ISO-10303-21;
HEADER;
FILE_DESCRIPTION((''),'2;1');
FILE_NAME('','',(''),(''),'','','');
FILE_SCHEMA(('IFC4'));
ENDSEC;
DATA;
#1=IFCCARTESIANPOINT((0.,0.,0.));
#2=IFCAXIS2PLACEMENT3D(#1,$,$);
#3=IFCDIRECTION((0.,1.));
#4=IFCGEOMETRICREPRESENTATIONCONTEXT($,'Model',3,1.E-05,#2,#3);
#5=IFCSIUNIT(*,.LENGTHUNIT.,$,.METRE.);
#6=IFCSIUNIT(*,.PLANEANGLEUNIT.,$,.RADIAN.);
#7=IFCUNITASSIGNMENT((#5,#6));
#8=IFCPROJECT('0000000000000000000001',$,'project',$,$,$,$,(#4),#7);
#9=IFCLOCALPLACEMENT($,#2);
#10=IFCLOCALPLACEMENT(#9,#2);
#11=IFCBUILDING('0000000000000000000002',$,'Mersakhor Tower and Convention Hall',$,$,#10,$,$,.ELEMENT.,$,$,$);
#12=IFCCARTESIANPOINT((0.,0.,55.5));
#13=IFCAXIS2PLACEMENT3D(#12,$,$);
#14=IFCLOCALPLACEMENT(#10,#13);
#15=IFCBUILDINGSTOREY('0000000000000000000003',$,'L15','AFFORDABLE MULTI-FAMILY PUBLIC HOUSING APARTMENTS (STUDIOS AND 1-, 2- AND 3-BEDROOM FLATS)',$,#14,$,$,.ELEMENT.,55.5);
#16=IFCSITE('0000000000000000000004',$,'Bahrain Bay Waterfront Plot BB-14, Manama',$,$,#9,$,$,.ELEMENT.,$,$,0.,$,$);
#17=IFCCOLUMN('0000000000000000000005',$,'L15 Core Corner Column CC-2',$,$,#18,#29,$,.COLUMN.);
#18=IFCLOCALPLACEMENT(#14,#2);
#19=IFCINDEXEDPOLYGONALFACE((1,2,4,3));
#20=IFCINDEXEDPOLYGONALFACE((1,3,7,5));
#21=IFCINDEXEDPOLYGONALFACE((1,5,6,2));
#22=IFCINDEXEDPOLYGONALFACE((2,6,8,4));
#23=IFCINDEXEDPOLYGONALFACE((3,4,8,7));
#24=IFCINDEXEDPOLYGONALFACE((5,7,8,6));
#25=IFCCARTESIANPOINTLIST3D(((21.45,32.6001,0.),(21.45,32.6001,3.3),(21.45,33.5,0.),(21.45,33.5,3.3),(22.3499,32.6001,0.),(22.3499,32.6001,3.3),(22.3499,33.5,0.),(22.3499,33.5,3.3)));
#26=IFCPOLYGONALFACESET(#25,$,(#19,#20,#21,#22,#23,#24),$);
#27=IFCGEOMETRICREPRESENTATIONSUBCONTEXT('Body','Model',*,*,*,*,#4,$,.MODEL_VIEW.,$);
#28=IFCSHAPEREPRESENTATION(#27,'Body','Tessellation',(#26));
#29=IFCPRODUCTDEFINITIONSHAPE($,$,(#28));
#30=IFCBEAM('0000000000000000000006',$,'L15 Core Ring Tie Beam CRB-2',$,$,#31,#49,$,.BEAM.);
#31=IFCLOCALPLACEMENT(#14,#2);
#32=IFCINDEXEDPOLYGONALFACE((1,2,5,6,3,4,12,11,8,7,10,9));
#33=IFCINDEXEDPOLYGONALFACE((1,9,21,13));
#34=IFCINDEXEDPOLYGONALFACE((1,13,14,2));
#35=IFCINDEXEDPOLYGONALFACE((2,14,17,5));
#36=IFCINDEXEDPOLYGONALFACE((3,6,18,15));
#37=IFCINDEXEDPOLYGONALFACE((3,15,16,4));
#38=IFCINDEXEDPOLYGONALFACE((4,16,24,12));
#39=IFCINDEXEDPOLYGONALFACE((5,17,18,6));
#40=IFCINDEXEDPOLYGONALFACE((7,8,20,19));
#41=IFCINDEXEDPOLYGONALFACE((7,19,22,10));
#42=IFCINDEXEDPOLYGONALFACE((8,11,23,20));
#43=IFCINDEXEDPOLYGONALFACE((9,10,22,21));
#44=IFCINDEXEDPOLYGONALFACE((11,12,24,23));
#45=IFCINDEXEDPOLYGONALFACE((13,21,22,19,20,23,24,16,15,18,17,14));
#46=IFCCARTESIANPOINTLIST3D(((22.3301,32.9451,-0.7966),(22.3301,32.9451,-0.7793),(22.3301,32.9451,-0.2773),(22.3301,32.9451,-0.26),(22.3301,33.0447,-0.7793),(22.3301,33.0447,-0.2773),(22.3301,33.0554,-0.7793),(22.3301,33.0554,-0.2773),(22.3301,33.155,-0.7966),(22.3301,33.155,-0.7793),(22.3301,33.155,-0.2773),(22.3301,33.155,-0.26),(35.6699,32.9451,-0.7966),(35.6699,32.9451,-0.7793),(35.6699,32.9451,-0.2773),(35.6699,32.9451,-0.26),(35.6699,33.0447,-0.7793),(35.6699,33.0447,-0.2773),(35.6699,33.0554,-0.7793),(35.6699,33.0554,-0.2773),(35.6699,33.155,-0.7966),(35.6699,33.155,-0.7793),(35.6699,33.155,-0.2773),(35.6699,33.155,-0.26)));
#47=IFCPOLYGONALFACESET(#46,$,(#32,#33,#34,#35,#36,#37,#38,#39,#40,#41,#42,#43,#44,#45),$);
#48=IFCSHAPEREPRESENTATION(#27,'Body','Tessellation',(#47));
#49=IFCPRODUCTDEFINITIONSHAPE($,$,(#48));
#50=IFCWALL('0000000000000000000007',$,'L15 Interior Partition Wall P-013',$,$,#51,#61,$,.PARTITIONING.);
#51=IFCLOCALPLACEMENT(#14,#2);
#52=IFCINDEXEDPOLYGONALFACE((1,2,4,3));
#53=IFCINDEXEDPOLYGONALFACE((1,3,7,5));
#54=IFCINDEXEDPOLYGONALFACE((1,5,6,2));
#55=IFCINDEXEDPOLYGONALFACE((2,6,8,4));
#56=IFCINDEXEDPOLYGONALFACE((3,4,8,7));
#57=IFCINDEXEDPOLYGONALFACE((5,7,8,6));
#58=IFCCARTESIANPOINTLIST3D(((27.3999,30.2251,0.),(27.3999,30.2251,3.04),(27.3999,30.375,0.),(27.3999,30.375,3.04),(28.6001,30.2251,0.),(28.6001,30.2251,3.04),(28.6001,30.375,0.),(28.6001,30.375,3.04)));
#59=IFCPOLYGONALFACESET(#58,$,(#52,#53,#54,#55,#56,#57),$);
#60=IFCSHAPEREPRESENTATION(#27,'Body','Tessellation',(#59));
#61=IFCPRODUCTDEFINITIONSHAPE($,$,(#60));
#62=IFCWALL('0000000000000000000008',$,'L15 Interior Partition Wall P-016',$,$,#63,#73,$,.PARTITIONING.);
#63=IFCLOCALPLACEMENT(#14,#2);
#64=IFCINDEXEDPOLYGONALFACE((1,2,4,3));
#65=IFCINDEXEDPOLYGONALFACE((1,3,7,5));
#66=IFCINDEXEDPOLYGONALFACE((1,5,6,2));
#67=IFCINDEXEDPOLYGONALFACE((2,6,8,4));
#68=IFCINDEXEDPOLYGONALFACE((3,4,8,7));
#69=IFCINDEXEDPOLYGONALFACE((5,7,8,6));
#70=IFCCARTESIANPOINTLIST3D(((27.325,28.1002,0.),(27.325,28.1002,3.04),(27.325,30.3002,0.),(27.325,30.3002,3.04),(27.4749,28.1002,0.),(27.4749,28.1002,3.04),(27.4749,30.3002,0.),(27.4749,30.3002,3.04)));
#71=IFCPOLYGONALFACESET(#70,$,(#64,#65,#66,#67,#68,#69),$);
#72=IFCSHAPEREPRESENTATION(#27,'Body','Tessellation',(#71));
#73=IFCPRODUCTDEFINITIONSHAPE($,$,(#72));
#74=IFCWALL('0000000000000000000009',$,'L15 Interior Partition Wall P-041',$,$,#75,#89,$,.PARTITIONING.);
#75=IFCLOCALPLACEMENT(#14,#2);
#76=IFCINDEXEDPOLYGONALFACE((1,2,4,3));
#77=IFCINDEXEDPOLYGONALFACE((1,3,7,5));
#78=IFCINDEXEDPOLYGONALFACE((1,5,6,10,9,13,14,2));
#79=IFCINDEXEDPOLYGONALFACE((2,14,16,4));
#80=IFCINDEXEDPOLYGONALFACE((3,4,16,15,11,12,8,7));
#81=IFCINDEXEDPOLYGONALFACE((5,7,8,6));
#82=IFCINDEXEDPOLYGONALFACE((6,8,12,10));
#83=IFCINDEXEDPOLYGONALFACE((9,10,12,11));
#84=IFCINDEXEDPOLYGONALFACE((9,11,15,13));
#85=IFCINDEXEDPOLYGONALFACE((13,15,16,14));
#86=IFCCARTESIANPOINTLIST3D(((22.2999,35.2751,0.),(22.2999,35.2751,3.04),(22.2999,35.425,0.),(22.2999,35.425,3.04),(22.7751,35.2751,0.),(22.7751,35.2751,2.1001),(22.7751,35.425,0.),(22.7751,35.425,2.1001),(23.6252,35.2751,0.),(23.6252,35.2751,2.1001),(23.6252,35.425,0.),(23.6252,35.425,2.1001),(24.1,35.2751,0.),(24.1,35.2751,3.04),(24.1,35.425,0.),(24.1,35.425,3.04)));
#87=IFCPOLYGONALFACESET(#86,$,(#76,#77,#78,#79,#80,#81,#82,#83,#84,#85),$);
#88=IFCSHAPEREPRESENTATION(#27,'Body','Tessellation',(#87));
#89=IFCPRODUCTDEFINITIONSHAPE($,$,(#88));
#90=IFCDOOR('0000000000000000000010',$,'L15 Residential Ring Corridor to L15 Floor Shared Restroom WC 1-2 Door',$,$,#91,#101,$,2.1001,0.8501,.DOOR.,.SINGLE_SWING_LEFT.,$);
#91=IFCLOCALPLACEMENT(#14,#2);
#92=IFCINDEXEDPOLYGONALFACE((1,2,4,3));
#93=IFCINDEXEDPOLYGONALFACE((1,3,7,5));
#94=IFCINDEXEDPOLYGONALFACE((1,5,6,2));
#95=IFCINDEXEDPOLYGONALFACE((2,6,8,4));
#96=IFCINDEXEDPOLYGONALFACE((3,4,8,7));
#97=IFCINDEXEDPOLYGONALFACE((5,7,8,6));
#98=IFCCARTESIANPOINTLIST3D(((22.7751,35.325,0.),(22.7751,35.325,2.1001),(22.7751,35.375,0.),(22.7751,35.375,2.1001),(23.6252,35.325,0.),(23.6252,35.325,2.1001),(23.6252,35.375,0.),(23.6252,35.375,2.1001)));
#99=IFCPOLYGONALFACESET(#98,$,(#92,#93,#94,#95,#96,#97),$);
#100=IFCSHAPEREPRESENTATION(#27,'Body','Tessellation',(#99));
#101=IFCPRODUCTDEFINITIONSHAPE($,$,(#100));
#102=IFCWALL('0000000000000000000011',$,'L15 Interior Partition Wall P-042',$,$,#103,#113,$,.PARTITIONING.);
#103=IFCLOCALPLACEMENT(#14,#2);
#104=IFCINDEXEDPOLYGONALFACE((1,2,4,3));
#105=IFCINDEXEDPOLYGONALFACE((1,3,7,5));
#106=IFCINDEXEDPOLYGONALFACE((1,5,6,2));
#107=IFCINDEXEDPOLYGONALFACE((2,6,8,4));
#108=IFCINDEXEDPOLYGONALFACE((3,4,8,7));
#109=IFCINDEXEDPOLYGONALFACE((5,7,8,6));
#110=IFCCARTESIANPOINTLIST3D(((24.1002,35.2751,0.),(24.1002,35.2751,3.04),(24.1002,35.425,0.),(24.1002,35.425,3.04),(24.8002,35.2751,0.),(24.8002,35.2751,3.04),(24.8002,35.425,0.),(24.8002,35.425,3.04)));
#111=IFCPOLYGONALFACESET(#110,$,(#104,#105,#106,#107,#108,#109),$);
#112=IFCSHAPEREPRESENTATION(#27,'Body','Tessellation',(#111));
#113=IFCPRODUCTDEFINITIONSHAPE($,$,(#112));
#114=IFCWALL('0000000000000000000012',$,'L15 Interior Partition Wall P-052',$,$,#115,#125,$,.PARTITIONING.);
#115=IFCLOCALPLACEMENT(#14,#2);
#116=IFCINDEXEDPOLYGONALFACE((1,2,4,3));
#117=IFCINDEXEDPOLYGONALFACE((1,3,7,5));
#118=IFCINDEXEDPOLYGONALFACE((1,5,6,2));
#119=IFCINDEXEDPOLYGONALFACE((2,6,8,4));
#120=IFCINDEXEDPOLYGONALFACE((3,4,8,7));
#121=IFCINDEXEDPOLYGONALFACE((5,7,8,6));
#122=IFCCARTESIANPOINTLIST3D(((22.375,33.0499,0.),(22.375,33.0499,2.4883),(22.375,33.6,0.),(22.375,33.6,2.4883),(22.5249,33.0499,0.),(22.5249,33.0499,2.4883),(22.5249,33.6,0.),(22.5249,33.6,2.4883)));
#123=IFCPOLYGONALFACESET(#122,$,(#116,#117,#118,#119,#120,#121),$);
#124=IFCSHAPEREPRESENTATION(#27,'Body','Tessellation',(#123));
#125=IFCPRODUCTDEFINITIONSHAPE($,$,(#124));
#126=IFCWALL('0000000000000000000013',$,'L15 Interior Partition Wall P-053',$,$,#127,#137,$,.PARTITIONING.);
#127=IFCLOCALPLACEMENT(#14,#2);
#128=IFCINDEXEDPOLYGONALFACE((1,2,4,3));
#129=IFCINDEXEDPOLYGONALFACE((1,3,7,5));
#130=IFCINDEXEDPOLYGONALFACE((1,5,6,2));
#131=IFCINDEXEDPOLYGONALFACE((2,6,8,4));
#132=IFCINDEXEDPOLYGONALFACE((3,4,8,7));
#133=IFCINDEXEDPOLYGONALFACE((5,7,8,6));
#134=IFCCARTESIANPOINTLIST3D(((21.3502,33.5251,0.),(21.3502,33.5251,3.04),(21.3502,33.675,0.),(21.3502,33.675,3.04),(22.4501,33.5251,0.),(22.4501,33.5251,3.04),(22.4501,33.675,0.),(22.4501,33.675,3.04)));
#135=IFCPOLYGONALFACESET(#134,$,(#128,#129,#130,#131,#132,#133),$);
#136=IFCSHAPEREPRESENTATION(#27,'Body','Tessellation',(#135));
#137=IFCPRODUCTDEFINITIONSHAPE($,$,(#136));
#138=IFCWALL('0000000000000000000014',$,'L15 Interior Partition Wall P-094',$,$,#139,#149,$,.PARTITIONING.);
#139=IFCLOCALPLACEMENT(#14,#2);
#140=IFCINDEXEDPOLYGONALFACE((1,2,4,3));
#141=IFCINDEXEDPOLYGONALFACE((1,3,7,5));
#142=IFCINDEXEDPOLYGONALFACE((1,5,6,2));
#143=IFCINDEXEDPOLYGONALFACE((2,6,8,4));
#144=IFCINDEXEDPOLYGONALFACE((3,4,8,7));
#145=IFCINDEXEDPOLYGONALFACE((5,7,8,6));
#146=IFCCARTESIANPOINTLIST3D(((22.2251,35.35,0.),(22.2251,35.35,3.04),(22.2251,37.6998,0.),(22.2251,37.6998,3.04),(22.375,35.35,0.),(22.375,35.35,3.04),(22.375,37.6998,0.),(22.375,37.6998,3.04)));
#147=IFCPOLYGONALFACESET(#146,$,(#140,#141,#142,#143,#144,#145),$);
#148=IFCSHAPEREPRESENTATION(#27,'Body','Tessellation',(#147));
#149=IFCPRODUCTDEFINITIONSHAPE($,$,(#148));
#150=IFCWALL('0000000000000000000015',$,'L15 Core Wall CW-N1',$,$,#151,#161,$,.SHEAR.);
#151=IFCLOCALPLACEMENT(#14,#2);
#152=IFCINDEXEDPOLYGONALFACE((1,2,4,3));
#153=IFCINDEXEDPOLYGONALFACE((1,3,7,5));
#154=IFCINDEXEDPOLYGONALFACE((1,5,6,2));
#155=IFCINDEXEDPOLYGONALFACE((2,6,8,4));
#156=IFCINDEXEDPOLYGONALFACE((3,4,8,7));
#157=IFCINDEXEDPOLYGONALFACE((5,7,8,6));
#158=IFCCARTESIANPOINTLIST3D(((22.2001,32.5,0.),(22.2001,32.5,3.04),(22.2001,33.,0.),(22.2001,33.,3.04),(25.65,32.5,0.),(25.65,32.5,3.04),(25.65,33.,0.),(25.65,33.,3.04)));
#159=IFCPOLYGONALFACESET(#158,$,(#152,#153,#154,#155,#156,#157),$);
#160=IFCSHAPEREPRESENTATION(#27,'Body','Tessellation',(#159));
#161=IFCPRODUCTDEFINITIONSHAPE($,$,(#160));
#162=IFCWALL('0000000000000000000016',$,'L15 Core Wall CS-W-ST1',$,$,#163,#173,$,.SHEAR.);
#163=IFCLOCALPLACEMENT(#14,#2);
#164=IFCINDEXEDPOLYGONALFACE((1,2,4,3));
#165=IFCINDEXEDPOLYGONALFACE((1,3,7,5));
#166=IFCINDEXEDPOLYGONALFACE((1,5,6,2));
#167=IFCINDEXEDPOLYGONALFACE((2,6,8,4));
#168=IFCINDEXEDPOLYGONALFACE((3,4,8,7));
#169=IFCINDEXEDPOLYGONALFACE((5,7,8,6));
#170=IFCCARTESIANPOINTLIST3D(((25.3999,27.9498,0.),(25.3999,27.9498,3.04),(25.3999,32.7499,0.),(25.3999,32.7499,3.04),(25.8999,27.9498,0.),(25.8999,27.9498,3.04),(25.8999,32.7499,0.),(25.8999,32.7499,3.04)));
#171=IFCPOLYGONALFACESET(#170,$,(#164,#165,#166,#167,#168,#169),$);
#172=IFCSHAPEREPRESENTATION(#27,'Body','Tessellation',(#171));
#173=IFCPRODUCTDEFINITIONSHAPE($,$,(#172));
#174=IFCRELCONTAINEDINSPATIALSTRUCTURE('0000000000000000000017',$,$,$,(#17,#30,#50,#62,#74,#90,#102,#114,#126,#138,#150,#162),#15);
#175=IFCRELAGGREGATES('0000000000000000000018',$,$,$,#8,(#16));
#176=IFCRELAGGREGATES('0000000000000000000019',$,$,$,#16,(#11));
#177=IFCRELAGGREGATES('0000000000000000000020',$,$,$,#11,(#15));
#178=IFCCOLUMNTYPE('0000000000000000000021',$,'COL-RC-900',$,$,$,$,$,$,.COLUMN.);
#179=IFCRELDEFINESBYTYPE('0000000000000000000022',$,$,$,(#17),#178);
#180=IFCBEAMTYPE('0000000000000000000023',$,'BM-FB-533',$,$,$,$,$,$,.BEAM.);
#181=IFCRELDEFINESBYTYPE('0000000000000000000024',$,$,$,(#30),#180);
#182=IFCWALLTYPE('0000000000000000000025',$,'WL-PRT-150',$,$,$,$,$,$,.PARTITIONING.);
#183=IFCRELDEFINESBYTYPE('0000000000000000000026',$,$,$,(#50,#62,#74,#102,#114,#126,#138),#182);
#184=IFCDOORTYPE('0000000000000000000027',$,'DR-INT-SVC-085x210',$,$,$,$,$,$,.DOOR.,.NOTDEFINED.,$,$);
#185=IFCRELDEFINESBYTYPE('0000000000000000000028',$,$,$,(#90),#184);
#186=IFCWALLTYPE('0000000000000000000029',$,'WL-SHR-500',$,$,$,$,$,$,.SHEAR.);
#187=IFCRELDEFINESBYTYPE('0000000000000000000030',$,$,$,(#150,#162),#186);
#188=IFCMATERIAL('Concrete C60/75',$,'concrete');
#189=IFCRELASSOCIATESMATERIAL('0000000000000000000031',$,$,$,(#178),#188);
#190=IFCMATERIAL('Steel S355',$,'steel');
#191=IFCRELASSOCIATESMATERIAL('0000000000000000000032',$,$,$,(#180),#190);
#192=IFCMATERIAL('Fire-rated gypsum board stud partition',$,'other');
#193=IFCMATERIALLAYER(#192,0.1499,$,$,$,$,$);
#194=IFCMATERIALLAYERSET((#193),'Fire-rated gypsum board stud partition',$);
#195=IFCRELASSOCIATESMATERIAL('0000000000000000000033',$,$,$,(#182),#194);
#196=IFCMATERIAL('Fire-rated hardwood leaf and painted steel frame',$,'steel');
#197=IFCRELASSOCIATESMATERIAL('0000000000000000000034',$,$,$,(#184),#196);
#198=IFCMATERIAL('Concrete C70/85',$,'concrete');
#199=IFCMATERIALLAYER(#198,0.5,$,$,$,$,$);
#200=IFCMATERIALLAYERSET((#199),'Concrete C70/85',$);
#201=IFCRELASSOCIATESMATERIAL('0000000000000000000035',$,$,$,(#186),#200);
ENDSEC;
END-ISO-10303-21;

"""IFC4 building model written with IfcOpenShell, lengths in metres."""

from ifc_helpers import new_model, si_unit, direction, frame, frame_2d, origin, origin_2d, place, context, subcontext, project, spatial, rectangle, i_section, extrude, material, layer, layer_set, material_profile, profile_set, type_object, element, fill, save


model = new_model("IFC4")

# Units and contexts
model_context = context("Model", 3, precision=1e-05, world=origin(), true_north=direction((0.0, 1.0)))
body_context = subcontext(model_context, "Body", "Model", "MODEL_VIEW")
ifc_project = project(units=[si_unit("LENGTHUNIT", "METRE"), si_unit("PLANEANGLEUNIT", "RADIAN")], contexts=[model_context])

# Site, building, storey
site_placement = place(None, origin())
site = spatial("IfcSite", under=ifc_project, at=site_placement, Name="Bahrain Bay Waterfront Plot BB-14, Manama", CompositionType="ELEMENT", RefElevation=0.0)
building_placement = place(site_placement, origin())
building = spatial("IfcBuilding", under=site, at=building_placement, Name="Mersakhor Tower and Convention Hall", CompositionType="ELEMENT")
storey_placement = place(building_placement, frame((0.0, 0.0, 55.5)))
storey = spatial("IfcBuildingStorey", under=building, at=storey_placement, Name="L15", Description="AFFORDABLE MULTI-FAMILY PUBLIC HOUSING APARTMENTS (STUDIOS AND 1-, 2- AND 3-BEDROOM FLATS)", CompositionType="ELEMENT", Elevation=55.5)

# Column
ifc_material_1 = material(Name="Concrete C60/75", Category="concrete")
ifc_material_profile_1 = material_profile(ifc_material_1, rectangle(XDim=0.8999, YDim=0.8999, at=origin_2d()), Name="RC 900x900")
ifc_profile_set_1 = profile_set([ifc_material_profile_1], Name="Concrete C60/75")
column_type = type_object("IfcColumnType", Name="COL-RC-900", PredefinedType="COLUMN", material=ifc_profile_set_1)
column_placement = place(storey_placement, frame((21.8999, 33.05, 0.0), z_axis=(0.0, 0.0, 1.0), x_axis=(1.0, 0.0, 0.0)))
element("IfcColumn", 1, at=column_placement, inside=storey, type_object=column_type, Name="L15 Core Corner Column CC-2", PredefinedType="COLUMN", context=body_context, shape_type="SweptSolid", body=[
    extrude(rectangle(XDim=0.8999, YDim=0.8999, at=origin_2d()), origin(), (0.0, 0.0, 1.0), 3.3),
])

# Beam
ifc_material_2 = material(Name="Steel S355", Category="steel")
ifc_material_profile_2 = material_profile(ifc_material_2, i_section(OverallWidth=0.21, OverallDepth=0.5366, WebThickness=0.0107, FlangeThickness=0.0173, at=origin_2d()), Name="UB 533x210x101")
ifc_profile_set_2 = profile_set([ifc_material_profile_2], Name="Steel S355")
beam_type = type_object("IfcBeamType", Name="BM-FB-533", PredefinedType="BEAM", material=ifc_profile_set_2)
beam_placement = place(storey_placement, frame((22.3301, 33.05, -0.5283), z_axis=(1.0, 0.0, 0.0), x_axis=(0.0, 1.0, 0.0)))
element("IfcBeam", 2, at=beam_placement, inside=storey, type_object=beam_type, Name="L15 Core Ring Tie Beam CRB-2", PredefinedType="BEAM", context=body_context, shape_type="SweptSolid", body=[
    extrude(i_section(OverallWidth=0.21, OverallDepth=0.5366, WebThickness=0.0107, FlangeThickness=0.0173, at=origin_2d()), origin(), (0.0, 0.0, 1.0), 13.3398),
])

# Walls
ifc_material_3 = material(Name="Fire-rated gypsum board stud partition", Category="other")
ifc_layer_1 = layer(ifc_material_3, 0.1499)
ifc_layer_set_1 = layer_set([ifc_layer_1], Name="Fire-rated gypsum board stud partition")
wall_type_1 = type_object("IfcWallType", Name="WL-PRT-150", PredefinedType="PARTITIONING", material=ifc_layer_set_1)
wall_1_placement = place(storey_placement, frame((27.3999, 30.3, 0.0), z_axis=(0.0, 0.0, 1.0), x_axis=(1.0, 0.0, 0.0)))
element("IfcWall", 3, at=wall_1_placement, inside=storey, type_object=wall_type_1, Name="L15 Interior Partition Wall P-013", PredefinedType="PARTITIONING", context=body_context, shape_type="SweptSolid", body=[
    extrude(rectangle(XDim=1.2002, YDim=0.1499, at=frame_2d((0.6001, 0.0))), origin(), (0.0, 0.0, 1.0), 3.04),
])
wall_2_placement = place(storey_placement, frame((27.3999, 28.1001, 0.0), z_axis=(0.0, 0.0, 1.0), x_axis=(0.0, 1.0, 0.0)))
element("IfcWall", 4, at=wall_2_placement, inside=storey, type_object=wall_type_1, Name="L15 Interior Partition Wall P-016", PredefinedType="PARTITIONING", context=body_context, shape_type="SweptSolid", body=[
    extrude(rectangle(XDim=2.2, YDim=0.1499, at=frame_2d((1.1001, 0.0))), origin(), (0.0, 0.0, 1.0), 3.04),
])

# Wall, opening, door
wall_3_placement = place(storey_placement, frame((22.3, 35.3501, 0.0), z_axis=(0.0, 0.0, 1.0), x_axis=(1.0, 0.0, 0.0)))
wall_3 = element("IfcWall", 5, at=wall_3_placement, inside=storey, type_object=wall_type_1, Name="L15 Interior Partition Wall P-041", PredefinedType="PARTITIONING", context=body_context, shape_type="SweptSolid", body=[
    extrude(rectangle(XDim=1.8, YDim=0.1499, at=frame_2d((0.8999, 0.0))), origin(), (0.0, 0.0, 1.0), 3.04),
])
opening_1_placement = place(wall_3_placement, frame((0.4751, 0.0, 0.0)))
opening_1 = element("IfcOpeningElement", 6, at=opening_1_placement, cuts=wall_3, PredefinedType="OPENING", context=body_context, shape_type="SweptSolid", body=[
    extrude(rectangle(XDim=0.8501, YDim=2.1001, at=frame_2d((0.425, 1.05))), frame((0.0, 0.085, 0.0), z_axis=(0.0, -1.0, 0.0), x_axis=(1.0, 0.0, 0.0)), (0.0, 0.0, 1.0), 0.1699),
])
ifc_material_4 = material(Name="Fire-rated hardwood leaf and painted steel frame", Category="steel")
door_type_1 = type_object("IfcDoorType", Name="DR-INT-SVC-085x210", OperationType="NOTDEFINED", PredefinedType="DOOR", material=ifc_material_4)
door_1_placement = place(opening_1_placement, origin())
door_1 = element("IfcDoor", 7, at=door_1_placement, inside=storey, type_object=door_type_1, Name="L15 Residential Ring Corridor to L15 Floor Shared Restroom WC 1-2 Door", OperationType="SINGLE_SWING_LEFT", OverallHeight=2.1001, OverallWidth=0.8501, PredefinedType="DOOR", context=body_context, shape_type="SweptSolid", body=[
    extrude(rectangle(XDim=0.8501, YDim=2.1001, at=frame_2d((0.425, 1.05))), frame((0.0, 0.0249, 0.0), z_axis=(0.0, -1.0, 0.0), x_axis=(1.0, 0.0, 0.0)), (0.0, 0.0, 1.0), 0.05),
])
fill(opening_1, door_1)

# Walls
wall_4_placement = place(storey_placement, frame((24.1001, 35.3501, 0.0), z_axis=(0.0, 0.0, 1.0), x_axis=(1.0, 0.0, 0.0)))
element("IfcWall", 8, at=wall_4_placement, inside=storey, type_object=wall_type_1, Name="L15 Interior Partition Wall P-042", PredefinedType="PARTITIONING", context=body_context, shape_type="SweptSolid", body=[
    extrude(rectangle(XDim=0.7, YDim=0.1499, at=frame_2d((0.3501, 0.0))), origin(), (0.0, 0.0, 1.0), 3.04),
])
wall_5_placement = place(storey_placement, frame((22.45, 33.05, 0.0), z_axis=(0.0, 0.0, 1.0), x_axis=(0.0, 1.0, 0.0)))
element("IfcWall", 9, at=wall_5_placement, inside=storey, type_object=wall_type_1, Name="L15 Interior Partition Wall P-052", PredefinedType="PARTITIONING", context=body_context, shape_type="SweptSolid", body=[
    extrude(rectangle(XDim=0.55, YDim=0.1499, at=frame_2d((0.2749, 0.0))), origin(), (0.0, 0.0, 1.0), 2.4883),
])
wall_6_placement = place(storey_placement, frame((22.45, 33.6001, 0.0), z_axis=(0.0, 0.0, 1.0), x_axis=(-1.0, 0.0, 0.0)))
element("IfcWall", 10, at=wall_6_placement, inside=storey, type_object=wall_type_1, Name="L15 Interior Partition Wall P-053", PredefinedType="PARTITIONING", context=body_context, shape_type="SweptSolid", body=[
    extrude(rectangle(XDim=1.0999, YDim=0.1499, at=frame_2d((0.5498, 0.0))), origin(), (0.0, 0.0, 1.0), 3.04),
])
wall_7_placement = place(storey_placement, frame((22.3, 35.3501, 0.0), z_axis=(0.0, 0.0, 1.0), x_axis=(0.0, 1.0, 0.0)))
element("IfcWall", 11, at=wall_7_placement, inside=storey, type_object=wall_type_1, Name="L15 Interior Partition Wall P-094", PredefinedType="PARTITIONING", context=body_context, shape_type="SweptSolid", body=[
    extrude(rectangle(XDim=2.3499, YDim=0.1499, at=frame_2d((1.1748, 0.0))), origin(), (0.0, 0.0, 1.0), 3.04),
])

# Wall
ifc_material_5 = material(Name="Concrete C70/85", Category="concrete")
ifc_layer_2 = layer(ifc_material_5, 0.5)
ifc_layer_set_2 = layer_set([ifc_layer_2], Name="Concrete C70/85")
wall_type_2 = type_object("IfcWallType", Name="WL-SHR-500", PredefinedType="SHEAR", material=ifc_layer_set_2)
wall_8_placement = place(storey_placement, frame((22.2, 32.75, 0.0), z_axis=(0.0, 0.0, 1.0), x_axis=(1.0, 0.0, 0.0)))
element("IfcWall", 12, at=wall_8_placement, inside=storey, type_object=wall_type_2, Name="L15 Core Wall CW-N1", PredefinedType="SHEAR", context=body_context, shape_type="SweptSolid", body=[
    extrude(rectangle(XDim=3.45, YDim=0.5, at=frame_2d((1.7251, 0.0))), origin(), (0.0, 0.0, 1.0), 3.04),
])

# Wall
wall_9_placement = place(storey_placement, frame((25.6499, 27.95, 0.0), z_axis=(0.0, 0.0, 1.0), x_axis=(0.0, 1.0, 0.0)))
element("IfcWall", 13, at=wall_9_placement, inside=storey, type_object=wall_type_2, Name="L15 Core Wall CS-W-ST1", PredefinedType="SHEAR", context=body_context, shape_type="SweptSolid", body=[
    extrude(rectangle(XDim=4.8, YDim=0.5, at=frame_2d((2.3999, 0.0))), origin(), (0.0, 0.0, 1.0), 3.04),
])

save(model, "model.ifc")
